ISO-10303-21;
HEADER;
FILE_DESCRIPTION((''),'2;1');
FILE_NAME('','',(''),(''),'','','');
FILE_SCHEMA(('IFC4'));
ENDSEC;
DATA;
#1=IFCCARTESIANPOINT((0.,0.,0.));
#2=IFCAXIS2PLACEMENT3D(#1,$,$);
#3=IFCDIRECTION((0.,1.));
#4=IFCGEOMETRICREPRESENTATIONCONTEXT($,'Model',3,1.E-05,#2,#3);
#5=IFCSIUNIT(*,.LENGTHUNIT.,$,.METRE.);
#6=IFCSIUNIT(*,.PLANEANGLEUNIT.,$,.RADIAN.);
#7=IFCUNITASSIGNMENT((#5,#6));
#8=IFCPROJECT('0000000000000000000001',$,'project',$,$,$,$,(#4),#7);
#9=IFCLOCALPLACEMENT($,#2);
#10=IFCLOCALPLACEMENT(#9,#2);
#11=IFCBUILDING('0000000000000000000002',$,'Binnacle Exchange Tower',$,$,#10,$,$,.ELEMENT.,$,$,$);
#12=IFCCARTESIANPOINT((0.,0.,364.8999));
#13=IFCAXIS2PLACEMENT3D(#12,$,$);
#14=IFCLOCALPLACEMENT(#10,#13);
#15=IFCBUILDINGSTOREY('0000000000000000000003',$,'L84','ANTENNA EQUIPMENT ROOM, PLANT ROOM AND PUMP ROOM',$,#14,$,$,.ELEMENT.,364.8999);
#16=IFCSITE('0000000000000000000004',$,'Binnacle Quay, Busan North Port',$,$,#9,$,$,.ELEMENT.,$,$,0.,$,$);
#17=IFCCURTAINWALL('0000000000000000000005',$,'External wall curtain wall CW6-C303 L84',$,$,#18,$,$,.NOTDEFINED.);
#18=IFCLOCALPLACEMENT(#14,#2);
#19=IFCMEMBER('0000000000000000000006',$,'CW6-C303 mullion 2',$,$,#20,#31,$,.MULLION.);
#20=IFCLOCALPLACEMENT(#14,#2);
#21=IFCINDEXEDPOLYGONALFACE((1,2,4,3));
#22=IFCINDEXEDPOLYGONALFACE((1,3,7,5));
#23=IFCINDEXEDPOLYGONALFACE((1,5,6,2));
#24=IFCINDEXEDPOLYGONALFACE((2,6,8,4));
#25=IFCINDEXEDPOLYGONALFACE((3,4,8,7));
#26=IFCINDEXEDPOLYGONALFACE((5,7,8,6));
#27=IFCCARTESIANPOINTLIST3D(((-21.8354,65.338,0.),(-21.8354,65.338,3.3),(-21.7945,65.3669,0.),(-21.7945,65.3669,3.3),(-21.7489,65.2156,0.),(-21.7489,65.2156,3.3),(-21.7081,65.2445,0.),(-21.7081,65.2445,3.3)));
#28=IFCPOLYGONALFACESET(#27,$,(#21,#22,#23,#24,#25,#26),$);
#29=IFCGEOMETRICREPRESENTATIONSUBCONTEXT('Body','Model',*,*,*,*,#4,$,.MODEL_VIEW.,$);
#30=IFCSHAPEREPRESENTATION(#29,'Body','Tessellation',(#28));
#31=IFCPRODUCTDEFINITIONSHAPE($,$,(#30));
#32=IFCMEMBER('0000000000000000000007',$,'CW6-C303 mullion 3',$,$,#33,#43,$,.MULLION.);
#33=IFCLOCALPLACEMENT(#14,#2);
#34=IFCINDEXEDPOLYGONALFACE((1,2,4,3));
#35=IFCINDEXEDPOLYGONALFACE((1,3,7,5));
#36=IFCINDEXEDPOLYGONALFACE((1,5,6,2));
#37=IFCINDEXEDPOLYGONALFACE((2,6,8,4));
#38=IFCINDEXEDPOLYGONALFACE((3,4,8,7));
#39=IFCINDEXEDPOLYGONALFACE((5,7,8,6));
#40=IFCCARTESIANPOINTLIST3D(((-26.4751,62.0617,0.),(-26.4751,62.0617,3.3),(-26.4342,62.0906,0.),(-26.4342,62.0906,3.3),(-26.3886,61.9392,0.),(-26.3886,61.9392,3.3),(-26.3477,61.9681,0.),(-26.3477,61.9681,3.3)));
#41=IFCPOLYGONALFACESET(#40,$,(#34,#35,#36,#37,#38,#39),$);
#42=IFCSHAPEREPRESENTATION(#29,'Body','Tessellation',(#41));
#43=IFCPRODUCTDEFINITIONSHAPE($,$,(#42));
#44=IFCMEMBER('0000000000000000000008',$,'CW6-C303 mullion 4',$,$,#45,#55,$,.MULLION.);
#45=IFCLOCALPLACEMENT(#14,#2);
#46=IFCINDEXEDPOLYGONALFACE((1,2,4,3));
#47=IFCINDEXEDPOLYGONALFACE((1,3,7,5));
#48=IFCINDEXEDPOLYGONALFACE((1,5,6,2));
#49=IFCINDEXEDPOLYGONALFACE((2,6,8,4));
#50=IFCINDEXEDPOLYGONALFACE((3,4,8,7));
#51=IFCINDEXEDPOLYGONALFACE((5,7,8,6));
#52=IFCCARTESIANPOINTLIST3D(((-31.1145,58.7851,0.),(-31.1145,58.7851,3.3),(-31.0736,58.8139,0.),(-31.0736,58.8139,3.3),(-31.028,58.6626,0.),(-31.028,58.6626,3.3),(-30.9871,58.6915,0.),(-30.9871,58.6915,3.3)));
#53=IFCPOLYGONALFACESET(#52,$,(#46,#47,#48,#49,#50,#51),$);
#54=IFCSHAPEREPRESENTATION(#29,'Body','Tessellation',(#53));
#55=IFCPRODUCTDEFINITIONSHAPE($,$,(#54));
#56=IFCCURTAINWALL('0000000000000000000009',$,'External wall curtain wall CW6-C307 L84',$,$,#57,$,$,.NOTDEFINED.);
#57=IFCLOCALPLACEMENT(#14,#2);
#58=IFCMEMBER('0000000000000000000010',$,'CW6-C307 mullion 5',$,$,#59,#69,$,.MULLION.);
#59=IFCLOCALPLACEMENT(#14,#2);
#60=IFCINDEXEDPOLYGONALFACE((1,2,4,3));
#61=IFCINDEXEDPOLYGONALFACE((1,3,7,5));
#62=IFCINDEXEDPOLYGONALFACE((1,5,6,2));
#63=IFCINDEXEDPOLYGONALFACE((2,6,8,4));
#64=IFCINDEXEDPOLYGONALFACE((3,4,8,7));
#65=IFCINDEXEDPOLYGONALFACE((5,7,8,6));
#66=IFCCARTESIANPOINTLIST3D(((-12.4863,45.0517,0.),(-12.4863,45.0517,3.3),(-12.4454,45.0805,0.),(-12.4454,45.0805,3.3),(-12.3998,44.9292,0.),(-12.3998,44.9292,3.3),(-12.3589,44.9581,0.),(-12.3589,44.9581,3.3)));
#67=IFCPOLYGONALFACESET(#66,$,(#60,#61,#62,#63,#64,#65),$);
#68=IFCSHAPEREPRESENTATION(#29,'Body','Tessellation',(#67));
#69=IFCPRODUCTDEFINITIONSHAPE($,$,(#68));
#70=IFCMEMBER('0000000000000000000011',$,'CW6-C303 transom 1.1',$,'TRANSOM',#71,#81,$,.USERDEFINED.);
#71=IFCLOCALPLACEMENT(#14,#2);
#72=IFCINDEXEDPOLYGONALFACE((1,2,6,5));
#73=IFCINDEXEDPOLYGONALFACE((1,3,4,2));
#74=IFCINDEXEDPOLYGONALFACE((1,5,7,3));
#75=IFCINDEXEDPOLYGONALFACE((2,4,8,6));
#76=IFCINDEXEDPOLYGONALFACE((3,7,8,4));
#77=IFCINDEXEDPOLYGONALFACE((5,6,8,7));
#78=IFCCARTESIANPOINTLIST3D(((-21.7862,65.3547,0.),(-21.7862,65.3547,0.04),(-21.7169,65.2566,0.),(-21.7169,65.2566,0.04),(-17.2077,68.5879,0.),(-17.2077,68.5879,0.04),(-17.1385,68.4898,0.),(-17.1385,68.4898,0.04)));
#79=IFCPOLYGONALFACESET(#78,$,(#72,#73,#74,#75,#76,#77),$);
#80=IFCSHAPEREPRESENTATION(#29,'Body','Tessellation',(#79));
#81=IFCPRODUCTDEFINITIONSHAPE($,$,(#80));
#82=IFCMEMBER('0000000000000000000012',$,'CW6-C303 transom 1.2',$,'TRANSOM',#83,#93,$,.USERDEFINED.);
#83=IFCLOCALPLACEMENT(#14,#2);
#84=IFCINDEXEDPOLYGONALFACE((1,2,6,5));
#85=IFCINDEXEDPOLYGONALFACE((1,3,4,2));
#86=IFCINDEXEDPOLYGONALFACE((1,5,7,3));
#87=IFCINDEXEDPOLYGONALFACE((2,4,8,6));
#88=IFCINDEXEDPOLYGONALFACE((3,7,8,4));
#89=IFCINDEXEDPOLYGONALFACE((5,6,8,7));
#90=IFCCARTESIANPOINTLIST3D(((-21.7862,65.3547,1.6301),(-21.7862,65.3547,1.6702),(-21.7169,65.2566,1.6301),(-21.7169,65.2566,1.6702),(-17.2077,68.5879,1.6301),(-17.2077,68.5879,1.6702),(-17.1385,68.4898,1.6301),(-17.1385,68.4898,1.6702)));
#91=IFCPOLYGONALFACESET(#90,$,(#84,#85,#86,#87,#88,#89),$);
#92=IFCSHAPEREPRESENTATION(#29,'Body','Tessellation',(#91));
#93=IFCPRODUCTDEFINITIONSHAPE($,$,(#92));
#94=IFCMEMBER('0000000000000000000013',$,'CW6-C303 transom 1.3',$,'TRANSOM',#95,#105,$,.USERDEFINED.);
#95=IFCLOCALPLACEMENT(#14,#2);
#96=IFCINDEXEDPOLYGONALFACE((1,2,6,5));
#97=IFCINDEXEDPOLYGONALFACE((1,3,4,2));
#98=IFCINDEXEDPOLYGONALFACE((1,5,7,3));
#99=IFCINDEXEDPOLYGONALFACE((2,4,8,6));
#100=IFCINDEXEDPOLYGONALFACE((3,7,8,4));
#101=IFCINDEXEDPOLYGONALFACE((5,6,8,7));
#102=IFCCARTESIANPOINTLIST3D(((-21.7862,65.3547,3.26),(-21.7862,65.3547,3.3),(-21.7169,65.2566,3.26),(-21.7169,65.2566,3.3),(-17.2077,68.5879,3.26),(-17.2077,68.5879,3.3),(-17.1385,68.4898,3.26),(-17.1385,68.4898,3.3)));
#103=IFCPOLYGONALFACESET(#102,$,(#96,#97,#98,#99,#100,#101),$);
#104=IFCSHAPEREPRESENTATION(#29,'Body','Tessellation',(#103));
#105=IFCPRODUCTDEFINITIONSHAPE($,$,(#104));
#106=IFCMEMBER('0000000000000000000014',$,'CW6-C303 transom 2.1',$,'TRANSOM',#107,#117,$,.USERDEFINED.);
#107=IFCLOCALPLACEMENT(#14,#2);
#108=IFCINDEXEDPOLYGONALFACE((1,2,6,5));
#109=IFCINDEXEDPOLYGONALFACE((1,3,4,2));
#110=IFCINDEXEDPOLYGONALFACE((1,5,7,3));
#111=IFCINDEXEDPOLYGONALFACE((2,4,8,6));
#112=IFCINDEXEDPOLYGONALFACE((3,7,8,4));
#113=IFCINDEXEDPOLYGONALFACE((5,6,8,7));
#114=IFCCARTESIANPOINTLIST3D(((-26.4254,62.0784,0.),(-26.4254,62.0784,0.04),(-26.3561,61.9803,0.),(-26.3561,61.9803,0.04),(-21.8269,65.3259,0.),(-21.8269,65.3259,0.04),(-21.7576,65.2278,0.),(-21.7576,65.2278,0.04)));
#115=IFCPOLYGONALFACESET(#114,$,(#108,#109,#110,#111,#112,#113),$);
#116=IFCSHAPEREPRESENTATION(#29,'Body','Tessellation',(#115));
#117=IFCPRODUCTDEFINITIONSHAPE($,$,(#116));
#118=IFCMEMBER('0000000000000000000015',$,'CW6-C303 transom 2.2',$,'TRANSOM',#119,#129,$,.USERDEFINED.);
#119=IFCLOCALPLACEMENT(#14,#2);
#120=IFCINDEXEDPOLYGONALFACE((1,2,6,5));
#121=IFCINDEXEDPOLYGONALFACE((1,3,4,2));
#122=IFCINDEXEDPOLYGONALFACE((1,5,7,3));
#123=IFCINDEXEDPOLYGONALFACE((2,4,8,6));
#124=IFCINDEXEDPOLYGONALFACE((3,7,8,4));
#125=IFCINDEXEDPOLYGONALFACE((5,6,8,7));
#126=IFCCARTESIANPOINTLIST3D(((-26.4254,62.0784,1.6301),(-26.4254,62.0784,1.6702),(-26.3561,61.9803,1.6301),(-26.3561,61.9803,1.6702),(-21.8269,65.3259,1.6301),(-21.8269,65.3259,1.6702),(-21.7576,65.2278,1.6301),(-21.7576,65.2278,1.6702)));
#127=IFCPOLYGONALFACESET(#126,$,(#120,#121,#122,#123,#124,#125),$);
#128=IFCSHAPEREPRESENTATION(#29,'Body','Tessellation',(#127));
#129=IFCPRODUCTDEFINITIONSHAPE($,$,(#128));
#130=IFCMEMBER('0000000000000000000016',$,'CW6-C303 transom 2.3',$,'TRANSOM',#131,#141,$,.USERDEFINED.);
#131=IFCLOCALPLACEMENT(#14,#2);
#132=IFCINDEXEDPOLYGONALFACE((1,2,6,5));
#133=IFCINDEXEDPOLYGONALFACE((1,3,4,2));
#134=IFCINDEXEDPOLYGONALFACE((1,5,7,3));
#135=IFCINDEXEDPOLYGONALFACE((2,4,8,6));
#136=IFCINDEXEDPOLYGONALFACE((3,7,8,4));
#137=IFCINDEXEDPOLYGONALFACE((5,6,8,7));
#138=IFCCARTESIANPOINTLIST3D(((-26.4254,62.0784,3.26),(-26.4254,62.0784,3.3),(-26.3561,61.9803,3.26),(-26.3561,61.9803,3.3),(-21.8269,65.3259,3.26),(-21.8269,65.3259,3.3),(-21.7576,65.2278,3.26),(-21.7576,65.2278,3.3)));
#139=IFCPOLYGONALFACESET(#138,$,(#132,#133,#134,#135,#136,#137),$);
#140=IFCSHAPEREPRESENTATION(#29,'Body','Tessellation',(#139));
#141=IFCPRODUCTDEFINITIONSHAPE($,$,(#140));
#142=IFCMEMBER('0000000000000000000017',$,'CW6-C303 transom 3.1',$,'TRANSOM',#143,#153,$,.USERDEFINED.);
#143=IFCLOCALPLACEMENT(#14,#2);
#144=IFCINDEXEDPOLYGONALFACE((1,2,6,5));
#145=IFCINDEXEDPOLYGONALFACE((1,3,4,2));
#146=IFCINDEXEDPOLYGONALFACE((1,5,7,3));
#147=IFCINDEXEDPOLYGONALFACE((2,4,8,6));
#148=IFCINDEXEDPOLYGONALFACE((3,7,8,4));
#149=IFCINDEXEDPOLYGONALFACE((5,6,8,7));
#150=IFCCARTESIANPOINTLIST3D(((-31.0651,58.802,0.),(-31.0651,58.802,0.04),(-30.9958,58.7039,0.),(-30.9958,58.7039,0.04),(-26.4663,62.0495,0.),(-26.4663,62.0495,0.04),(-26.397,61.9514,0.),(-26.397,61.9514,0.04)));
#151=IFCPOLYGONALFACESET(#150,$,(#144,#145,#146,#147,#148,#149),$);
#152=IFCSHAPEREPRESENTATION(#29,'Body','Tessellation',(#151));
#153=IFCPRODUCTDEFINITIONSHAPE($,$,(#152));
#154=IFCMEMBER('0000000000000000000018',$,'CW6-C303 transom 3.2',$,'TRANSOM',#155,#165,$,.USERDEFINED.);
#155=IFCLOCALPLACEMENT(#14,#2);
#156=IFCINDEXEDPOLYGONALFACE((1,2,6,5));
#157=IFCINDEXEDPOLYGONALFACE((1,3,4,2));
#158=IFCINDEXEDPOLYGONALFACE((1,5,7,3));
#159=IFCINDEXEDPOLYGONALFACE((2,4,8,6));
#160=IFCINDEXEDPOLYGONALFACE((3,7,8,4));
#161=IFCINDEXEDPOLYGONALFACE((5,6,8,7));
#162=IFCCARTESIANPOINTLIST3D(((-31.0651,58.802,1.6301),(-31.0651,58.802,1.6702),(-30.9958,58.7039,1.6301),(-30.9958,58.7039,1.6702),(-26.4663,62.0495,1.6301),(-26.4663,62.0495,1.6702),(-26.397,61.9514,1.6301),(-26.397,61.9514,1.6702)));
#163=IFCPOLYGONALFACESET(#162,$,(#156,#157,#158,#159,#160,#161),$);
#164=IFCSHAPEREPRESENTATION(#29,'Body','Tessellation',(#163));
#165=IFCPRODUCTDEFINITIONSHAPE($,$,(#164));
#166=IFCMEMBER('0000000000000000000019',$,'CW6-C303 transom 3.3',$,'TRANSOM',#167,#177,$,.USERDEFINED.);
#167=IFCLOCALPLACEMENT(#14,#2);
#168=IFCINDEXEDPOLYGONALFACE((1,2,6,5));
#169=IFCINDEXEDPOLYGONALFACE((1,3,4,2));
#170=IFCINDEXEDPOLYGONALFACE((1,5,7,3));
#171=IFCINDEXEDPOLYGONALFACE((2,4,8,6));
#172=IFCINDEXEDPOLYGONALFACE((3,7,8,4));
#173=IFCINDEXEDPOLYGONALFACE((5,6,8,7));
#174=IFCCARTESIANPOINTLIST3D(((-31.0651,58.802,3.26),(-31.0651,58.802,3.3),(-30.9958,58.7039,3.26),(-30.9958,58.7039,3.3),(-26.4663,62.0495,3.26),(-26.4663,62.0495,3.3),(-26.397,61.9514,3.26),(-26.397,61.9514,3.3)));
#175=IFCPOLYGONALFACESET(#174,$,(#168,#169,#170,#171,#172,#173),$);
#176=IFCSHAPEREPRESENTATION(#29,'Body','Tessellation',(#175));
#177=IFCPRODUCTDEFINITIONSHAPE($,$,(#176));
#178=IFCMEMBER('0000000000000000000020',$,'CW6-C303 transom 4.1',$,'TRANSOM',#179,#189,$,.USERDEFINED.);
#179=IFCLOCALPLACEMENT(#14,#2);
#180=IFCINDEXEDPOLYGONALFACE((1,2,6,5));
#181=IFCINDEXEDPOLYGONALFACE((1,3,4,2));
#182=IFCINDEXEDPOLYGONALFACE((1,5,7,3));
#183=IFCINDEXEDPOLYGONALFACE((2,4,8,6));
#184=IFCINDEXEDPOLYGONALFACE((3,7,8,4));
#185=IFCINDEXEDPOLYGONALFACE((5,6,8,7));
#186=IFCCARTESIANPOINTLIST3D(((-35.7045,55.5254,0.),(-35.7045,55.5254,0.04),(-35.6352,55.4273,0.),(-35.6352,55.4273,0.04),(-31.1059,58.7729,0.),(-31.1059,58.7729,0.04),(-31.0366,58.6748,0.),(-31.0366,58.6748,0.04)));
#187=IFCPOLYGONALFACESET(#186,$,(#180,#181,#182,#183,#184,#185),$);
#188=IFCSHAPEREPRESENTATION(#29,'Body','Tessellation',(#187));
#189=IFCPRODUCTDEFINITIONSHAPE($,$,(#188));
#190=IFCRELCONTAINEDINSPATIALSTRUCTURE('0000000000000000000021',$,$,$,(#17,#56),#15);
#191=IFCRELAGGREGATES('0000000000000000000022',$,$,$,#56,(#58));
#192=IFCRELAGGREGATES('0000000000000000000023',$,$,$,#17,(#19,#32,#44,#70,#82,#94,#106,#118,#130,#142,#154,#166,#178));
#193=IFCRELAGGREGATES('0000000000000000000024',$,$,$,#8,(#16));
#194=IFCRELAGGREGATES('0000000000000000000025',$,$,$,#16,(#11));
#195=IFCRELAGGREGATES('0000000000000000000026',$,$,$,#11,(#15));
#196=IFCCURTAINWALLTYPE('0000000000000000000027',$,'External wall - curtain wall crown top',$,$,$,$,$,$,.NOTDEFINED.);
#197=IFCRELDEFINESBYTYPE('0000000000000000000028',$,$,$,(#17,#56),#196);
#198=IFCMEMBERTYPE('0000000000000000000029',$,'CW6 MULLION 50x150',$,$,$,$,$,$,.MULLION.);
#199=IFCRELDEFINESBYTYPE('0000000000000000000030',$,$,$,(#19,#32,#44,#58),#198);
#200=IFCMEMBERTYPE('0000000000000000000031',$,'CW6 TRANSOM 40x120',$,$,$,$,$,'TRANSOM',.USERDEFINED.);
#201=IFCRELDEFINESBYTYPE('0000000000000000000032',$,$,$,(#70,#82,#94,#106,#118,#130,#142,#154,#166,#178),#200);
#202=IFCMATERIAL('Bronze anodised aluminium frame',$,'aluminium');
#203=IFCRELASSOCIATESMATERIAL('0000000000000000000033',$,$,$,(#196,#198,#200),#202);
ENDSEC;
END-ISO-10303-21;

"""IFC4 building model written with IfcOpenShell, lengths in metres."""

from ifc_helpers import new_model, si_unit, direction, frame, origin, origin_2d, place, context, subcontext, project, spatial, rectangle, extrude, material, material_profile, profile_set, type_object, element, aggregate, save


model = new_model("IFC4")

# Units and contexts
model_context = context("Model", 3, precision=1e-05, world=origin(), true_north=direction((0.0, 1.0)))
body_context = subcontext(model_context, "Body", "Model", "MODEL_VIEW")
ifc_project = project(units=[si_unit("LENGTHUNIT", "METRE"), si_unit("PLANEANGLEUNIT", "RADIAN")], contexts=[model_context])

# Site, building, storey
site_placement = place(None, origin())
site = spatial("IfcSite", under=ifc_project, at=site_placement, Name="Binnacle Quay, Busan North Port", CompositionType="ELEMENT", RefElevation=0.0)
building_placement = place(site_placement, origin())
building = spatial("IfcBuilding", under=site, at=building_placement, Name="Binnacle Exchange Tower", CompositionType="ELEMENT")
storey_placement = place(building_placement, frame((0.0, 0.0, 364.8999)))
storey = spatial("IfcBuildingStorey", under=building, at=storey_placement, Name="L84", Description="ANTENNA EQUIPMENT ROOM, PLANT ROOM AND PUMP ROOM", CompositionType="ELEMENT", Elevation=364.8999)

# Curtain wall, members
ifc_material_1 = material(Name="Bronze anodised aluminium frame", Category="aluminium")
curtain_wall_type = type_object("IfcCurtainWallType", Name="External wall - curtain wall crown top", PredefinedType="NOTDEFINED", material=ifc_material_1)
curtain_wall_1_placement = place(storey_placement, origin())
curtain_wall_1 = element("IfcCurtainWall", 1, at=curtain_wall_1_placement, inside=storey, type_object=curtain_wall_type, Name="External wall curtain wall CW6-C303 L84", PredefinedType="NOTDEFINED")
ifc_material_profile_1 = material_profile(ifc_material_1, rectangle(XDim=0.1499, YDim=0.05, at=origin_2d()), Name="AL 50x150")
ifc_profile_set_1 = profile_set([ifc_material_profile_1], Name="Bronze anodised aluminium frame")
member_type_1 = type_object("IfcMemberType", Name="CW6 MULLION 50x150", PredefinedType="MULLION", material=ifc_profile_set_1)
member_1_placement = place(storey_placement, frame((-21.7717, 65.2913, 0.0), z_axis=(0.0, 0.0, 1.0), x_axis=(0.576854, -0.816847, 0.0)))
member_1 = element("IfcMember", 2, at=member_1_placement, type_object=member_type_1, Name="CW6-C303 mullion 2", PredefinedType="MULLION", context=body_context, shape_type="SweptSolid", body=[
    extrude(rectangle(XDim=0.1499, YDim=0.05, at=origin_2d()), origin(), (0.0, 0.0, 1.0), 3.3),
])
member_2_placement = place(storey_placement, frame((-26.4114, 62.0149, 0.0), z_axis=(0.0, 0.0, 1.0), x_axis=(0.576854, -0.816847, 0.0)))
member_2 = element("IfcMember", 3, at=member_2_placement, type_object=member_type_1, Name="CW6-C303 mullion 3", PredefinedType="MULLION", context=body_context, shape_type="SweptSolid", body=[
    extrude(rectangle(XDim=0.1499, YDim=0.05, at=origin_2d()), origin(), (0.0, 0.0, 1.0), 3.3),
])
member_3_placement = place(storey_placement, frame((-31.0508, 58.7383, 0.0), z_axis=(0.0, 0.0, 1.0), x_axis=(0.576854, -0.816847, 0.0)))
member_3 = element("IfcMember", 4, at=member_3_placement, type_object=member_type_1, Name="CW6-C303 mullion 4", PredefinedType="MULLION", context=body_context, shape_type="SweptSolid", body=[
    extrude(rectangle(XDim=0.1499, YDim=0.05, at=origin_2d()), origin(), (0.0, 0.0, 1.0), 3.3),
])

# Curtain wall, member
curtain_wall_2_placement = place(storey_placement, origin())
curtain_wall_2 = element("IfcCurtainWall", 5, at=curtain_wall_2_placement, inside=storey, type_object=curtain_wall_type, Name="External wall curtain wall CW6-C307 L84", PredefinedType="NOTDEFINED")
member_4_placement = place(storey_placement, frame((-12.4226, 45.0049, 0.0), z_axis=(0.0, 0.0, 1.0), x_axis=(-0.576854, 0.816847, 0.0)))
member_4 = element("IfcMember", 6, at=member_4_placement, type_object=member_type_1, Name="CW6-C307 mullion 5", PredefinedType="MULLION", context=body_context, shape_type="SweptSolid", body=[
    extrude(rectangle(XDim=0.1499, YDim=0.05, at=origin_2d()), origin(), (0.0, 0.0, 1.0), 3.3),
])
aggregate(curtain_wall_2, [member_4])

# Members
ifc_material_profile_2 = material_profile(ifc_material_1, rectangle(XDim=0.1201, YDim=0.04, at=origin_2d()), Name="AL 120x40")
ifc_profile_set_2 = profile_set([ifc_material_profile_2], Name="Bronze anodised aluminium frame")
member_type_2 = type_object("IfcMemberType", Name="CW6 TRANSOM 40x120", ElementType="TRANSOM", PredefinedType="USERDEFINED", material=ifc_profile_set_2)
member_5_placement = place(storey_placement, frame((-17.1731, 68.5388, 0.02), z_axis=(-0.816853, -0.576846, 0.0), x_axis=(0.576846, -0.816853, 0.0)))
member_5 = element("IfcMember", 7, at=member_5_placement, type_object=member_type_2, Name="CW6-C303 transom 1.1", ObjectType="TRANSOM", PredefinedType="USERDEFINED", context=body_context, shape_type="SweptSolid", body=[
    extrude(rectangle(XDim=0.1201, YDim=0.04, at=origin_2d()), origin(), (0.0, 0.0, 1.0), 5.605),
])
member_6_placement = place(storey_placement, frame((-17.1731, 68.5388, 1.6501), z_axis=(-0.816853, -0.576846, 0.0), x_axis=(0.576846, -0.816853, 0.0)))
member_6 = element("IfcMember", 8, at=member_6_placement, type_object=member_type_2, Name="CW6-C303 transom 1.2", ObjectType="TRANSOM", PredefinedType="USERDEFINED", context=body_context, shape_type="SweptSolid", body=[
    extrude(rectangle(XDim=0.1201, YDim=0.04, at=origin_2d()), origin(), (0.0, 0.0, 1.0), 5.605),
])
member_7_placement = place(storey_placement, frame((-17.1731, 68.5388, 3.28), z_axis=(-0.816853, -0.576846, 0.0), x_axis=(0.576846, -0.816853, 0.0)))
member_7 = element("IfcMember", 9, at=member_7_placement, type_object=member_type_2, Name="CW6-C303 transom 1.3", ObjectType="TRANSOM", PredefinedType="USERDEFINED", context=body_context, shape_type="SweptSolid", body=[
    extrude(rectangle(XDim=0.1201, YDim=0.04, at=origin_2d()), origin(), (0.0, 0.0, 1.0), 5.605),
])
member_8_placement = place(storey_placement, frame((-21.7922, 65.2769, 0.02), z_axis=(-0.816845, -0.576857, 0.0), x_axis=(0.576857, -0.816845, 0.0)))
member_8 = element("IfcMember", 10, at=member_8_placement, type_object=member_type_2, Name="CW6-C303 transom 2.1", ObjectType="TRANSOM", PredefinedType="USERDEFINED", context=body_context, shape_type="SweptSolid", body=[
    extrude(rectangle(XDim=0.1201, YDim=0.04, at=origin_2d()), origin(), (0.0, 0.0, 1.0), 5.6296),
])
member_9_placement = place(storey_placement, frame((-21.7922, 65.2769, 1.6501), z_axis=(-0.816845, -0.576857, 0.0), x_axis=(0.576857, -0.816845, 0.0)))
member_9 = element("IfcMember", 11, at=member_9_placement, type_object=member_type_2, Name="CW6-C303 transom 2.2", ObjectType="TRANSOM", PredefinedType="USERDEFINED", context=body_context, shape_type="SweptSolid", body=[
    extrude(rectangle(XDim=0.1201, YDim=0.04, at=origin_2d()), origin(), (0.0, 0.0, 1.0), 5.6296),
])
member_10_placement = place(storey_placement, frame((-21.7922, 65.2769, 3.28), z_axis=(-0.816845, -0.576857, 0.0), x_axis=(0.576857, -0.816845, 0.0)))
member_10 = element("IfcMember", 12, at=member_10_placement, type_object=member_type_2, Name="CW6-C303 transom 2.3", ObjectType="TRANSOM", PredefinedType="USERDEFINED", context=body_context, shape_type="SweptSolid", body=[
    extrude(rectangle(XDim=0.1201, YDim=0.04, at=origin_2d()), origin(), (0.0, 0.0, 1.0), 5.6296),
])
member_11_placement = place(storey_placement, frame((-26.4316, 62.0005, 0.02), z_axis=(-0.81686, -0.576836, 0.0), x_axis=(0.576836, -0.81686, 0.0)))
member_11 = element("IfcMember", 13, at=member_11_placement, type_object=member_type_2, Name="CW6-C303 transom 3.1", ObjectType="TRANSOM", PredefinedType="USERDEFINED", context=body_context, shape_type="SweptSolid", body=[
    extrude(rectangle(XDim=0.1201, YDim=0.04, at=origin_2d()), origin(), (0.0, 0.0, 1.0), 5.6299),
])
member_12_placement = place(storey_placement, frame((-26.4316, 62.0005, 1.6501), z_axis=(-0.81686, -0.576836, 0.0), x_axis=(0.576836, -0.81686, 0.0)))
member_12 = element("IfcMember", 14, at=member_12_placement, type_object=member_type_2, Name="CW6-C303 transom 3.2", ObjectType="TRANSOM", PredefinedType="USERDEFINED", context=body_context, shape_type="SweptSolid", body=[
    extrude(rectangle(XDim=0.1201, YDim=0.04, at=origin_2d()), origin(), (0.0, 0.0, 1.0), 5.6299),
])
member_13_placement = place(storey_placement, frame((-26.4316, 62.0005, 3.28), z_axis=(-0.81686, -0.576836, 0.0), x_axis=(0.576836, -0.81686, 0.0)))
member_13 = element("IfcMember", 15, at=member_13_placement, type_object=member_type_2, Name="CW6-C303 transom 3.3", ObjectType="TRANSOM", PredefinedType="USERDEFINED", context=body_context, shape_type="SweptSolid", body=[
    extrude(rectangle(XDim=0.1201, YDim=0.04, at=origin_2d()), origin(), (0.0, 0.0, 1.0), 5.6299),
])
member_14_placement = place(storey_placement, frame((-31.0713, 58.7239, 0.02), z_axis=(-0.816845, -0.576857, 0.0), x_axis=(0.576857, -0.816845, 0.0)))
member_14 = element("IfcMember", 16, at=member_14_placement, type_object=member_type_2, Name="CW6-C303 transom 4.1", ObjectType="TRANSOM", PredefinedType="USERDEFINED", context=body_context, shape_type="SweptSolid", body=[
    extrude(rectangle(XDim=0.1201, YDim=0.04, at=origin_2d()), origin(), (0.0, 0.0, 1.0), 5.6296),
])

aggregate(curtain_wall_1, [member_1, member_2, member_3, member_5, member_6, member_7, member_8, member_9, member_10, member_11, member_12, member_13, member_14])

save(model, "model.ifc")
